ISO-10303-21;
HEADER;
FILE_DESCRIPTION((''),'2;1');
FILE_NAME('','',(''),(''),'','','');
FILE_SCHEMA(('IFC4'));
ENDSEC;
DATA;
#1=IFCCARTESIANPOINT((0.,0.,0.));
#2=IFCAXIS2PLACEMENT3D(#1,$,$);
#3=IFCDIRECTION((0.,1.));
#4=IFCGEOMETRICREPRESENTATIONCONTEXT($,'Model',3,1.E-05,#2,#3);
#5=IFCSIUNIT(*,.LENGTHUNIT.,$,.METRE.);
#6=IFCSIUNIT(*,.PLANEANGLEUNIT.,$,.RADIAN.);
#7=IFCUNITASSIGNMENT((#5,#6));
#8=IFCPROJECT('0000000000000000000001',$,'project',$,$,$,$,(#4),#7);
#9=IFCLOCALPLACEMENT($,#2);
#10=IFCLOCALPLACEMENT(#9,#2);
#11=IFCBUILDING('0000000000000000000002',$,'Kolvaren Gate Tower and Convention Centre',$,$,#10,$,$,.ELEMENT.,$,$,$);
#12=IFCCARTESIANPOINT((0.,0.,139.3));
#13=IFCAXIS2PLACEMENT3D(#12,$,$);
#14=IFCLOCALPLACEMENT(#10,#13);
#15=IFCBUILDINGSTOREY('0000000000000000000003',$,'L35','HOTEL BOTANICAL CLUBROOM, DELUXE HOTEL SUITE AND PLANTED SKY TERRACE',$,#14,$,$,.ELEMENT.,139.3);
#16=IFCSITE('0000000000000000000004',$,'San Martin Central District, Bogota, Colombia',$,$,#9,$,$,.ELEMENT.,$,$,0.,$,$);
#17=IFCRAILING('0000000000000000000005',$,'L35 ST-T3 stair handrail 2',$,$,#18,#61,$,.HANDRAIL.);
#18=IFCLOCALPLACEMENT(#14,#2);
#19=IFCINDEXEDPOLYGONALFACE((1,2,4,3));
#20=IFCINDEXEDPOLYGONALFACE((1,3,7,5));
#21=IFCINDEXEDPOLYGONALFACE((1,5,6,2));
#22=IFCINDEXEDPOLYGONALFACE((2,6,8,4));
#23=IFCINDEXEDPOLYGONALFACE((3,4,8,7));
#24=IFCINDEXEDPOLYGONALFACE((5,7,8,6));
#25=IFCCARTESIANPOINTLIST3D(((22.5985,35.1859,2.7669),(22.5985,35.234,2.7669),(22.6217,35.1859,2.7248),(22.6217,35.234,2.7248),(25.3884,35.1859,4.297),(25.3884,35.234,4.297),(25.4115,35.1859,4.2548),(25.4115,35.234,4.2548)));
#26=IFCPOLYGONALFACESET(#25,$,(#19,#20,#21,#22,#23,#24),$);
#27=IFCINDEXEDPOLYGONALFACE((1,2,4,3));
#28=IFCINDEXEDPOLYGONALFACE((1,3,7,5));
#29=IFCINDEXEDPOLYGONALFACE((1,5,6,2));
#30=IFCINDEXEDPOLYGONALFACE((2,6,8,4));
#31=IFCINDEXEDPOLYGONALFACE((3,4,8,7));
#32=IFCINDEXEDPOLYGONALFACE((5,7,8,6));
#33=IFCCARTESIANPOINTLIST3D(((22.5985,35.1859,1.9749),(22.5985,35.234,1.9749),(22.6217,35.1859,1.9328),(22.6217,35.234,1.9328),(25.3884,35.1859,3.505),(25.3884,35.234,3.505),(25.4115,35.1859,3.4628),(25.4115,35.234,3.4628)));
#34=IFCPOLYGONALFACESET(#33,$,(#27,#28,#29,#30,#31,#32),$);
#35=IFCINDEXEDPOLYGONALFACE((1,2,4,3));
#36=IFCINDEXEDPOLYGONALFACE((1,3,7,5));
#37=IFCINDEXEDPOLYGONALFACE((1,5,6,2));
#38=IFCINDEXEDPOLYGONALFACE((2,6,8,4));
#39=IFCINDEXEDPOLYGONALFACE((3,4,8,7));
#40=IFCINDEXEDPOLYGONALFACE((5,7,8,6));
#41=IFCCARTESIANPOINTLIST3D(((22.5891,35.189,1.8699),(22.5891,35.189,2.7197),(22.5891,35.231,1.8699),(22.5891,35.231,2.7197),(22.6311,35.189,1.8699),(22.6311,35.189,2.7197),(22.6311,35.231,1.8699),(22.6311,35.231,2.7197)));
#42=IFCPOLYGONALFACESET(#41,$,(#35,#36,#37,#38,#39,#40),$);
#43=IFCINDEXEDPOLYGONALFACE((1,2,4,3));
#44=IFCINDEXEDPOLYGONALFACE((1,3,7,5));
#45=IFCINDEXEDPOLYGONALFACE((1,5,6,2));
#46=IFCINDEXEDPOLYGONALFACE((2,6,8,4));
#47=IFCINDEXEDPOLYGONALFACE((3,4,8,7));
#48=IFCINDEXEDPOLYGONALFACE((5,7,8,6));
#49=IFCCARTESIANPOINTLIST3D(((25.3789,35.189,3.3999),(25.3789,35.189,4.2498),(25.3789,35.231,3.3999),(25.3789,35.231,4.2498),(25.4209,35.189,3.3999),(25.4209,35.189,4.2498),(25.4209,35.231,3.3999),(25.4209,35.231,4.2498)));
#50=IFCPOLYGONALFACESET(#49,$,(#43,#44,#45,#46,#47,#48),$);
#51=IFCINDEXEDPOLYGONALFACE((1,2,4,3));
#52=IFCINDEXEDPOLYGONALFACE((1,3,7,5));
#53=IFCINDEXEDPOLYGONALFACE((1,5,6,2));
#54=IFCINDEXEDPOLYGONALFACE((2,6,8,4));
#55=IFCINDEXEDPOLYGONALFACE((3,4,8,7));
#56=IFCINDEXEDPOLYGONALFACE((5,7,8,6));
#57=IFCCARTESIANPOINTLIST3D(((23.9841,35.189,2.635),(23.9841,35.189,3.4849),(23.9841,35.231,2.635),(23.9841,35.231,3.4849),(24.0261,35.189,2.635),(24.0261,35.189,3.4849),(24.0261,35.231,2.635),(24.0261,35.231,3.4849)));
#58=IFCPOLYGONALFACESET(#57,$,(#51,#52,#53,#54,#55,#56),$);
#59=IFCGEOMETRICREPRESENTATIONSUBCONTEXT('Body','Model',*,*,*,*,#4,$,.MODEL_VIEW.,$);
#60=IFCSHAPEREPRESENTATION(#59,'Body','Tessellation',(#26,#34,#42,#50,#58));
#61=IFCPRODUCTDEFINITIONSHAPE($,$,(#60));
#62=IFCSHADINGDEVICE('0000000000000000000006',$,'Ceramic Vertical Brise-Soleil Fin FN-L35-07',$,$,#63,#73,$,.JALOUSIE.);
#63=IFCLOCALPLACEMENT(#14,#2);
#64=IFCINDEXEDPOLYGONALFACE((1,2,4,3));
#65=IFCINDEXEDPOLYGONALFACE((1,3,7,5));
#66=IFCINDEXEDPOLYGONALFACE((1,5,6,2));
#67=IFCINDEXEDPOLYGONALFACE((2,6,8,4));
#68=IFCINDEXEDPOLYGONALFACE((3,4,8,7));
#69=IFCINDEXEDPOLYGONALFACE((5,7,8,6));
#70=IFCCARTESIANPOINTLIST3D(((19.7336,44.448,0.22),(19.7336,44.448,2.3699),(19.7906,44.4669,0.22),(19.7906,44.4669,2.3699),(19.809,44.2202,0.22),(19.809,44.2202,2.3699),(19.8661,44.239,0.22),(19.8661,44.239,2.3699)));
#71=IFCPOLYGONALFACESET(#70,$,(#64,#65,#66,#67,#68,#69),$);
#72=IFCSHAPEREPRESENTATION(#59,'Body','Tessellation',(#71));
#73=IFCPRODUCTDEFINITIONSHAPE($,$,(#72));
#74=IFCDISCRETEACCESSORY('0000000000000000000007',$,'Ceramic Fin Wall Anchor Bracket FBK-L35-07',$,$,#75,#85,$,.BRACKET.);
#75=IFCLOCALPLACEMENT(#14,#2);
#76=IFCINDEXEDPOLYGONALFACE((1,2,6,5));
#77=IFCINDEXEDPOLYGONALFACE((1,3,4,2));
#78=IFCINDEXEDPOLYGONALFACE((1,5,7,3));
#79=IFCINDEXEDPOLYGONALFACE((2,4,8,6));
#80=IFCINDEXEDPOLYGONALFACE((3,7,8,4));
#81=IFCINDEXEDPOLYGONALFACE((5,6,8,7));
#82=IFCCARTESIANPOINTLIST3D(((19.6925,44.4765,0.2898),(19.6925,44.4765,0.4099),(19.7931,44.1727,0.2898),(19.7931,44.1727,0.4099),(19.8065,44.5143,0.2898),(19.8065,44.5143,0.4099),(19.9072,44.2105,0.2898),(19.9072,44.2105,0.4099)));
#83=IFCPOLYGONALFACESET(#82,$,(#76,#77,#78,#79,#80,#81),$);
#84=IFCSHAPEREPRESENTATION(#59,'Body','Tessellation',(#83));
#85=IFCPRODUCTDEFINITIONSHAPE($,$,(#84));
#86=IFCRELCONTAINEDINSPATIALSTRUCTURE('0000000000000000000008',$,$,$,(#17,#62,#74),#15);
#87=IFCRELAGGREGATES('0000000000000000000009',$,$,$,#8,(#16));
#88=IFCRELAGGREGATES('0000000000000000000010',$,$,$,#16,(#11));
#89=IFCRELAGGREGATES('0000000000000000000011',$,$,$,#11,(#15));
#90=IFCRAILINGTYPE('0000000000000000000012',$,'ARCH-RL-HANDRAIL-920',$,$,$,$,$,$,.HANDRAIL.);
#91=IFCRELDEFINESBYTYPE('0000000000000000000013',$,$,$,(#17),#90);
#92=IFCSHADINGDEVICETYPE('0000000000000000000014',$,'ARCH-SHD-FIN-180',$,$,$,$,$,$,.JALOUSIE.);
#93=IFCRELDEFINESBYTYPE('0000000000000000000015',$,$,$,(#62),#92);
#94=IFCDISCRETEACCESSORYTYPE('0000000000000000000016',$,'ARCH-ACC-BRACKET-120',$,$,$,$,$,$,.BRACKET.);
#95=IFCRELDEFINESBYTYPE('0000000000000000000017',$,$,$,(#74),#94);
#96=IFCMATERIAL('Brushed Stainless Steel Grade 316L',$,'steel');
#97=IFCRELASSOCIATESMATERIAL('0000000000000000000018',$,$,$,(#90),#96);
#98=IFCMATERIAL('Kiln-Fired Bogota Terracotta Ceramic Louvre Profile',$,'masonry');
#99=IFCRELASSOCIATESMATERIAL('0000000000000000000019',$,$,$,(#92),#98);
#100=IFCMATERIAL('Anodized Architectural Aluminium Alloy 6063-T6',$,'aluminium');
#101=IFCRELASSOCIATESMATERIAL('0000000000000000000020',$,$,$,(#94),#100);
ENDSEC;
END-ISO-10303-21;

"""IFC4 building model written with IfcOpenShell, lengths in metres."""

from ifc_helpers import new_model, si_unit, direction, frame, origin, origin_2d, place, context, subcontext, project, spatial, rectangle, extrude, material, type_object, element, save


model = new_model("IFC4")

# Units and contexts
model_context = context("Model", 3, precision=1e-05, world=origin(), true_north=direction((0.0, 1.0)))
body_context = subcontext(model_context, "Body", "Model", "MODEL_VIEW")
ifc_project = project(units=[si_unit("LENGTHUNIT", "METRE"), si_unit("PLANEANGLEUNIT", "RADIAN")], contexts=[model_context])

# Site, building, storey
site_placement = place(None, origin())
site = spatial("IfcSite", under=ifc_project, at=site_placement, Name="San Martin Central District, Bogota, Colombia", CompositionType="ELEMENT", RefElevation=0.0)
building_placement = place(site_placement, origin())
building = spatial("IfcBuilding", under=site, at=building_placement, Name="Kolvaren Gate Tower and Convention Centre", CompositionType="ELEMENT")
storey_placement = place(building_placement, frame((0.0, 0.0, 139.3)))
storey = spatial("IfcBuildingStorey", under=building, at=storey_placement, Name="L35", Description="HOTEL BOTANICAL CLUBROOM, DELUXE HOTEL SUITE AND PLANTED SKY TERRACE", CompositionType="ELEMENT", Elevation=139.3)

# Railing
ifc_material_1 = material(Name="Brushed Stainless Steel Grade 316L", Category="steel")
railing_type_1 = type_object("IfcRailingType", Name="ARCH-RL-HANDRAIL-920", PredefinedType="HANDRAIL", material=ifc_material_1)
railing_1_placement = place(storey_placement, frame((22.6101, 35.21, 1.8699)))
element("IfcRailing", 1, at=railing_1_placement, inside=storey, type_object=railing_type_1, Name="L35 ST-T3 stair handrail 2", PredefinedType="HANDRAIL", context=body_context, shape_type="SweptSolid", body=[
    extrude(rectangle(XDim=0.0481, YDim=0.0481, at=origin_2d()), frame((0.0, 0.0, 0.876), z_axis=(0.876794, 0.0, 0.480867), x_axis=(0.0, 1.0, 0.0)), (0.0, 0.0, 1.0), 3.1819),
    extrude(rectangle(XDim=0.0481, YDim=0.0481, at=origin_2d()), frame((0.0, 0.0, 0.084), z_axis=(0.876794, 0.0, 0.480867), x_axis=(0.0, 1.0, 0.0)), (0.0, 0.0, 1.0), 3.1819),
    extrude(rectangle(XDim=0.042, YDim=0.042, at=origin_2d()), origin(), (0.0, 0.0, 1.0), 0.8499),
    extrude(rectangle(XDim=0.042, YDim=0.042, at=origin_2d()), frame((2.7898, 0.0, 1.53)), (0.0, 0.0, 1.0), 0.8499),
    extrude(rectangle(XDim=0.042, YDim=0.042, at=origin_2d()), frame((1.395, 0.0, 0.7651)), (0.0, 0.0, 1.0), 0.8499),
])

# Shading device
ifc_material_2 = material(Name="Kiln-Fired Bogota Terracotta Ceramic Louvre Profile", Category="masonry")
shading_device_type = type_object("IfcShadingDeviceType", Name="ARCH-SHD-FIN-180", PredefinedType="JALOUSIE", material=ifc_material_2)
shading_device_placement = place(storey_placement, frame((19.7998, 44.3435, 0.22), z_axis=(0.0, 0.0, 1.0), x_axis=(0.949238, 0.314557, 0.0)))
element("IfcShadingDevice", 2, at=shading_device_placement, inside=storey, type_object=shading_device_type, Name="Ceramic Vertical Brise-Soleil Fin FN-L35-07", PredefinedType="JALOUSIE", context=body_context, shape_type="SweptSolid", body=[
    extrude(rectangle(XDim=0.0601, YDim=0.24, at=origin_2d()), origin(), (0.0, 0.0, 1.0), 2.1499),
])

# Discrete accessory
ifc_material_3 = material(Name="Anodized Architectural Aluminium Alloy 6063-T6", Category="aluminium")
discrete_accessory_type = type_object("IfcDiscreteAccessoryType", Name="ARCH-ACC-BRACKET-120", PredefinedType="BRACKET", material=ifc_material_3)
discrete_accessory_placement = place(storey_placement, frame((19.7998, 44.3435, 0.2898), z_axis=(0.0, 0.0, 1.0), x_axis=(0.949238, 0.314557, 0.0)))
element("IfcDiscreteAccessory", 3, at=discrete_accessory_placement, inside=storey, type_object=discrete_accessory_type, Name="Ceramic Fin Wall Anchor Bracket FBK-L35-07", PredefinedType="BRACKET", context=body_context, shape_type="SweptSolid", body=[
    extrude(rectangle(XDim=0.1201, YDim=0.3201, at=origin_2d()), origin(), (0.0, 0.0, 1.0), 0.1201),
])

save(model, "model.ifc")
